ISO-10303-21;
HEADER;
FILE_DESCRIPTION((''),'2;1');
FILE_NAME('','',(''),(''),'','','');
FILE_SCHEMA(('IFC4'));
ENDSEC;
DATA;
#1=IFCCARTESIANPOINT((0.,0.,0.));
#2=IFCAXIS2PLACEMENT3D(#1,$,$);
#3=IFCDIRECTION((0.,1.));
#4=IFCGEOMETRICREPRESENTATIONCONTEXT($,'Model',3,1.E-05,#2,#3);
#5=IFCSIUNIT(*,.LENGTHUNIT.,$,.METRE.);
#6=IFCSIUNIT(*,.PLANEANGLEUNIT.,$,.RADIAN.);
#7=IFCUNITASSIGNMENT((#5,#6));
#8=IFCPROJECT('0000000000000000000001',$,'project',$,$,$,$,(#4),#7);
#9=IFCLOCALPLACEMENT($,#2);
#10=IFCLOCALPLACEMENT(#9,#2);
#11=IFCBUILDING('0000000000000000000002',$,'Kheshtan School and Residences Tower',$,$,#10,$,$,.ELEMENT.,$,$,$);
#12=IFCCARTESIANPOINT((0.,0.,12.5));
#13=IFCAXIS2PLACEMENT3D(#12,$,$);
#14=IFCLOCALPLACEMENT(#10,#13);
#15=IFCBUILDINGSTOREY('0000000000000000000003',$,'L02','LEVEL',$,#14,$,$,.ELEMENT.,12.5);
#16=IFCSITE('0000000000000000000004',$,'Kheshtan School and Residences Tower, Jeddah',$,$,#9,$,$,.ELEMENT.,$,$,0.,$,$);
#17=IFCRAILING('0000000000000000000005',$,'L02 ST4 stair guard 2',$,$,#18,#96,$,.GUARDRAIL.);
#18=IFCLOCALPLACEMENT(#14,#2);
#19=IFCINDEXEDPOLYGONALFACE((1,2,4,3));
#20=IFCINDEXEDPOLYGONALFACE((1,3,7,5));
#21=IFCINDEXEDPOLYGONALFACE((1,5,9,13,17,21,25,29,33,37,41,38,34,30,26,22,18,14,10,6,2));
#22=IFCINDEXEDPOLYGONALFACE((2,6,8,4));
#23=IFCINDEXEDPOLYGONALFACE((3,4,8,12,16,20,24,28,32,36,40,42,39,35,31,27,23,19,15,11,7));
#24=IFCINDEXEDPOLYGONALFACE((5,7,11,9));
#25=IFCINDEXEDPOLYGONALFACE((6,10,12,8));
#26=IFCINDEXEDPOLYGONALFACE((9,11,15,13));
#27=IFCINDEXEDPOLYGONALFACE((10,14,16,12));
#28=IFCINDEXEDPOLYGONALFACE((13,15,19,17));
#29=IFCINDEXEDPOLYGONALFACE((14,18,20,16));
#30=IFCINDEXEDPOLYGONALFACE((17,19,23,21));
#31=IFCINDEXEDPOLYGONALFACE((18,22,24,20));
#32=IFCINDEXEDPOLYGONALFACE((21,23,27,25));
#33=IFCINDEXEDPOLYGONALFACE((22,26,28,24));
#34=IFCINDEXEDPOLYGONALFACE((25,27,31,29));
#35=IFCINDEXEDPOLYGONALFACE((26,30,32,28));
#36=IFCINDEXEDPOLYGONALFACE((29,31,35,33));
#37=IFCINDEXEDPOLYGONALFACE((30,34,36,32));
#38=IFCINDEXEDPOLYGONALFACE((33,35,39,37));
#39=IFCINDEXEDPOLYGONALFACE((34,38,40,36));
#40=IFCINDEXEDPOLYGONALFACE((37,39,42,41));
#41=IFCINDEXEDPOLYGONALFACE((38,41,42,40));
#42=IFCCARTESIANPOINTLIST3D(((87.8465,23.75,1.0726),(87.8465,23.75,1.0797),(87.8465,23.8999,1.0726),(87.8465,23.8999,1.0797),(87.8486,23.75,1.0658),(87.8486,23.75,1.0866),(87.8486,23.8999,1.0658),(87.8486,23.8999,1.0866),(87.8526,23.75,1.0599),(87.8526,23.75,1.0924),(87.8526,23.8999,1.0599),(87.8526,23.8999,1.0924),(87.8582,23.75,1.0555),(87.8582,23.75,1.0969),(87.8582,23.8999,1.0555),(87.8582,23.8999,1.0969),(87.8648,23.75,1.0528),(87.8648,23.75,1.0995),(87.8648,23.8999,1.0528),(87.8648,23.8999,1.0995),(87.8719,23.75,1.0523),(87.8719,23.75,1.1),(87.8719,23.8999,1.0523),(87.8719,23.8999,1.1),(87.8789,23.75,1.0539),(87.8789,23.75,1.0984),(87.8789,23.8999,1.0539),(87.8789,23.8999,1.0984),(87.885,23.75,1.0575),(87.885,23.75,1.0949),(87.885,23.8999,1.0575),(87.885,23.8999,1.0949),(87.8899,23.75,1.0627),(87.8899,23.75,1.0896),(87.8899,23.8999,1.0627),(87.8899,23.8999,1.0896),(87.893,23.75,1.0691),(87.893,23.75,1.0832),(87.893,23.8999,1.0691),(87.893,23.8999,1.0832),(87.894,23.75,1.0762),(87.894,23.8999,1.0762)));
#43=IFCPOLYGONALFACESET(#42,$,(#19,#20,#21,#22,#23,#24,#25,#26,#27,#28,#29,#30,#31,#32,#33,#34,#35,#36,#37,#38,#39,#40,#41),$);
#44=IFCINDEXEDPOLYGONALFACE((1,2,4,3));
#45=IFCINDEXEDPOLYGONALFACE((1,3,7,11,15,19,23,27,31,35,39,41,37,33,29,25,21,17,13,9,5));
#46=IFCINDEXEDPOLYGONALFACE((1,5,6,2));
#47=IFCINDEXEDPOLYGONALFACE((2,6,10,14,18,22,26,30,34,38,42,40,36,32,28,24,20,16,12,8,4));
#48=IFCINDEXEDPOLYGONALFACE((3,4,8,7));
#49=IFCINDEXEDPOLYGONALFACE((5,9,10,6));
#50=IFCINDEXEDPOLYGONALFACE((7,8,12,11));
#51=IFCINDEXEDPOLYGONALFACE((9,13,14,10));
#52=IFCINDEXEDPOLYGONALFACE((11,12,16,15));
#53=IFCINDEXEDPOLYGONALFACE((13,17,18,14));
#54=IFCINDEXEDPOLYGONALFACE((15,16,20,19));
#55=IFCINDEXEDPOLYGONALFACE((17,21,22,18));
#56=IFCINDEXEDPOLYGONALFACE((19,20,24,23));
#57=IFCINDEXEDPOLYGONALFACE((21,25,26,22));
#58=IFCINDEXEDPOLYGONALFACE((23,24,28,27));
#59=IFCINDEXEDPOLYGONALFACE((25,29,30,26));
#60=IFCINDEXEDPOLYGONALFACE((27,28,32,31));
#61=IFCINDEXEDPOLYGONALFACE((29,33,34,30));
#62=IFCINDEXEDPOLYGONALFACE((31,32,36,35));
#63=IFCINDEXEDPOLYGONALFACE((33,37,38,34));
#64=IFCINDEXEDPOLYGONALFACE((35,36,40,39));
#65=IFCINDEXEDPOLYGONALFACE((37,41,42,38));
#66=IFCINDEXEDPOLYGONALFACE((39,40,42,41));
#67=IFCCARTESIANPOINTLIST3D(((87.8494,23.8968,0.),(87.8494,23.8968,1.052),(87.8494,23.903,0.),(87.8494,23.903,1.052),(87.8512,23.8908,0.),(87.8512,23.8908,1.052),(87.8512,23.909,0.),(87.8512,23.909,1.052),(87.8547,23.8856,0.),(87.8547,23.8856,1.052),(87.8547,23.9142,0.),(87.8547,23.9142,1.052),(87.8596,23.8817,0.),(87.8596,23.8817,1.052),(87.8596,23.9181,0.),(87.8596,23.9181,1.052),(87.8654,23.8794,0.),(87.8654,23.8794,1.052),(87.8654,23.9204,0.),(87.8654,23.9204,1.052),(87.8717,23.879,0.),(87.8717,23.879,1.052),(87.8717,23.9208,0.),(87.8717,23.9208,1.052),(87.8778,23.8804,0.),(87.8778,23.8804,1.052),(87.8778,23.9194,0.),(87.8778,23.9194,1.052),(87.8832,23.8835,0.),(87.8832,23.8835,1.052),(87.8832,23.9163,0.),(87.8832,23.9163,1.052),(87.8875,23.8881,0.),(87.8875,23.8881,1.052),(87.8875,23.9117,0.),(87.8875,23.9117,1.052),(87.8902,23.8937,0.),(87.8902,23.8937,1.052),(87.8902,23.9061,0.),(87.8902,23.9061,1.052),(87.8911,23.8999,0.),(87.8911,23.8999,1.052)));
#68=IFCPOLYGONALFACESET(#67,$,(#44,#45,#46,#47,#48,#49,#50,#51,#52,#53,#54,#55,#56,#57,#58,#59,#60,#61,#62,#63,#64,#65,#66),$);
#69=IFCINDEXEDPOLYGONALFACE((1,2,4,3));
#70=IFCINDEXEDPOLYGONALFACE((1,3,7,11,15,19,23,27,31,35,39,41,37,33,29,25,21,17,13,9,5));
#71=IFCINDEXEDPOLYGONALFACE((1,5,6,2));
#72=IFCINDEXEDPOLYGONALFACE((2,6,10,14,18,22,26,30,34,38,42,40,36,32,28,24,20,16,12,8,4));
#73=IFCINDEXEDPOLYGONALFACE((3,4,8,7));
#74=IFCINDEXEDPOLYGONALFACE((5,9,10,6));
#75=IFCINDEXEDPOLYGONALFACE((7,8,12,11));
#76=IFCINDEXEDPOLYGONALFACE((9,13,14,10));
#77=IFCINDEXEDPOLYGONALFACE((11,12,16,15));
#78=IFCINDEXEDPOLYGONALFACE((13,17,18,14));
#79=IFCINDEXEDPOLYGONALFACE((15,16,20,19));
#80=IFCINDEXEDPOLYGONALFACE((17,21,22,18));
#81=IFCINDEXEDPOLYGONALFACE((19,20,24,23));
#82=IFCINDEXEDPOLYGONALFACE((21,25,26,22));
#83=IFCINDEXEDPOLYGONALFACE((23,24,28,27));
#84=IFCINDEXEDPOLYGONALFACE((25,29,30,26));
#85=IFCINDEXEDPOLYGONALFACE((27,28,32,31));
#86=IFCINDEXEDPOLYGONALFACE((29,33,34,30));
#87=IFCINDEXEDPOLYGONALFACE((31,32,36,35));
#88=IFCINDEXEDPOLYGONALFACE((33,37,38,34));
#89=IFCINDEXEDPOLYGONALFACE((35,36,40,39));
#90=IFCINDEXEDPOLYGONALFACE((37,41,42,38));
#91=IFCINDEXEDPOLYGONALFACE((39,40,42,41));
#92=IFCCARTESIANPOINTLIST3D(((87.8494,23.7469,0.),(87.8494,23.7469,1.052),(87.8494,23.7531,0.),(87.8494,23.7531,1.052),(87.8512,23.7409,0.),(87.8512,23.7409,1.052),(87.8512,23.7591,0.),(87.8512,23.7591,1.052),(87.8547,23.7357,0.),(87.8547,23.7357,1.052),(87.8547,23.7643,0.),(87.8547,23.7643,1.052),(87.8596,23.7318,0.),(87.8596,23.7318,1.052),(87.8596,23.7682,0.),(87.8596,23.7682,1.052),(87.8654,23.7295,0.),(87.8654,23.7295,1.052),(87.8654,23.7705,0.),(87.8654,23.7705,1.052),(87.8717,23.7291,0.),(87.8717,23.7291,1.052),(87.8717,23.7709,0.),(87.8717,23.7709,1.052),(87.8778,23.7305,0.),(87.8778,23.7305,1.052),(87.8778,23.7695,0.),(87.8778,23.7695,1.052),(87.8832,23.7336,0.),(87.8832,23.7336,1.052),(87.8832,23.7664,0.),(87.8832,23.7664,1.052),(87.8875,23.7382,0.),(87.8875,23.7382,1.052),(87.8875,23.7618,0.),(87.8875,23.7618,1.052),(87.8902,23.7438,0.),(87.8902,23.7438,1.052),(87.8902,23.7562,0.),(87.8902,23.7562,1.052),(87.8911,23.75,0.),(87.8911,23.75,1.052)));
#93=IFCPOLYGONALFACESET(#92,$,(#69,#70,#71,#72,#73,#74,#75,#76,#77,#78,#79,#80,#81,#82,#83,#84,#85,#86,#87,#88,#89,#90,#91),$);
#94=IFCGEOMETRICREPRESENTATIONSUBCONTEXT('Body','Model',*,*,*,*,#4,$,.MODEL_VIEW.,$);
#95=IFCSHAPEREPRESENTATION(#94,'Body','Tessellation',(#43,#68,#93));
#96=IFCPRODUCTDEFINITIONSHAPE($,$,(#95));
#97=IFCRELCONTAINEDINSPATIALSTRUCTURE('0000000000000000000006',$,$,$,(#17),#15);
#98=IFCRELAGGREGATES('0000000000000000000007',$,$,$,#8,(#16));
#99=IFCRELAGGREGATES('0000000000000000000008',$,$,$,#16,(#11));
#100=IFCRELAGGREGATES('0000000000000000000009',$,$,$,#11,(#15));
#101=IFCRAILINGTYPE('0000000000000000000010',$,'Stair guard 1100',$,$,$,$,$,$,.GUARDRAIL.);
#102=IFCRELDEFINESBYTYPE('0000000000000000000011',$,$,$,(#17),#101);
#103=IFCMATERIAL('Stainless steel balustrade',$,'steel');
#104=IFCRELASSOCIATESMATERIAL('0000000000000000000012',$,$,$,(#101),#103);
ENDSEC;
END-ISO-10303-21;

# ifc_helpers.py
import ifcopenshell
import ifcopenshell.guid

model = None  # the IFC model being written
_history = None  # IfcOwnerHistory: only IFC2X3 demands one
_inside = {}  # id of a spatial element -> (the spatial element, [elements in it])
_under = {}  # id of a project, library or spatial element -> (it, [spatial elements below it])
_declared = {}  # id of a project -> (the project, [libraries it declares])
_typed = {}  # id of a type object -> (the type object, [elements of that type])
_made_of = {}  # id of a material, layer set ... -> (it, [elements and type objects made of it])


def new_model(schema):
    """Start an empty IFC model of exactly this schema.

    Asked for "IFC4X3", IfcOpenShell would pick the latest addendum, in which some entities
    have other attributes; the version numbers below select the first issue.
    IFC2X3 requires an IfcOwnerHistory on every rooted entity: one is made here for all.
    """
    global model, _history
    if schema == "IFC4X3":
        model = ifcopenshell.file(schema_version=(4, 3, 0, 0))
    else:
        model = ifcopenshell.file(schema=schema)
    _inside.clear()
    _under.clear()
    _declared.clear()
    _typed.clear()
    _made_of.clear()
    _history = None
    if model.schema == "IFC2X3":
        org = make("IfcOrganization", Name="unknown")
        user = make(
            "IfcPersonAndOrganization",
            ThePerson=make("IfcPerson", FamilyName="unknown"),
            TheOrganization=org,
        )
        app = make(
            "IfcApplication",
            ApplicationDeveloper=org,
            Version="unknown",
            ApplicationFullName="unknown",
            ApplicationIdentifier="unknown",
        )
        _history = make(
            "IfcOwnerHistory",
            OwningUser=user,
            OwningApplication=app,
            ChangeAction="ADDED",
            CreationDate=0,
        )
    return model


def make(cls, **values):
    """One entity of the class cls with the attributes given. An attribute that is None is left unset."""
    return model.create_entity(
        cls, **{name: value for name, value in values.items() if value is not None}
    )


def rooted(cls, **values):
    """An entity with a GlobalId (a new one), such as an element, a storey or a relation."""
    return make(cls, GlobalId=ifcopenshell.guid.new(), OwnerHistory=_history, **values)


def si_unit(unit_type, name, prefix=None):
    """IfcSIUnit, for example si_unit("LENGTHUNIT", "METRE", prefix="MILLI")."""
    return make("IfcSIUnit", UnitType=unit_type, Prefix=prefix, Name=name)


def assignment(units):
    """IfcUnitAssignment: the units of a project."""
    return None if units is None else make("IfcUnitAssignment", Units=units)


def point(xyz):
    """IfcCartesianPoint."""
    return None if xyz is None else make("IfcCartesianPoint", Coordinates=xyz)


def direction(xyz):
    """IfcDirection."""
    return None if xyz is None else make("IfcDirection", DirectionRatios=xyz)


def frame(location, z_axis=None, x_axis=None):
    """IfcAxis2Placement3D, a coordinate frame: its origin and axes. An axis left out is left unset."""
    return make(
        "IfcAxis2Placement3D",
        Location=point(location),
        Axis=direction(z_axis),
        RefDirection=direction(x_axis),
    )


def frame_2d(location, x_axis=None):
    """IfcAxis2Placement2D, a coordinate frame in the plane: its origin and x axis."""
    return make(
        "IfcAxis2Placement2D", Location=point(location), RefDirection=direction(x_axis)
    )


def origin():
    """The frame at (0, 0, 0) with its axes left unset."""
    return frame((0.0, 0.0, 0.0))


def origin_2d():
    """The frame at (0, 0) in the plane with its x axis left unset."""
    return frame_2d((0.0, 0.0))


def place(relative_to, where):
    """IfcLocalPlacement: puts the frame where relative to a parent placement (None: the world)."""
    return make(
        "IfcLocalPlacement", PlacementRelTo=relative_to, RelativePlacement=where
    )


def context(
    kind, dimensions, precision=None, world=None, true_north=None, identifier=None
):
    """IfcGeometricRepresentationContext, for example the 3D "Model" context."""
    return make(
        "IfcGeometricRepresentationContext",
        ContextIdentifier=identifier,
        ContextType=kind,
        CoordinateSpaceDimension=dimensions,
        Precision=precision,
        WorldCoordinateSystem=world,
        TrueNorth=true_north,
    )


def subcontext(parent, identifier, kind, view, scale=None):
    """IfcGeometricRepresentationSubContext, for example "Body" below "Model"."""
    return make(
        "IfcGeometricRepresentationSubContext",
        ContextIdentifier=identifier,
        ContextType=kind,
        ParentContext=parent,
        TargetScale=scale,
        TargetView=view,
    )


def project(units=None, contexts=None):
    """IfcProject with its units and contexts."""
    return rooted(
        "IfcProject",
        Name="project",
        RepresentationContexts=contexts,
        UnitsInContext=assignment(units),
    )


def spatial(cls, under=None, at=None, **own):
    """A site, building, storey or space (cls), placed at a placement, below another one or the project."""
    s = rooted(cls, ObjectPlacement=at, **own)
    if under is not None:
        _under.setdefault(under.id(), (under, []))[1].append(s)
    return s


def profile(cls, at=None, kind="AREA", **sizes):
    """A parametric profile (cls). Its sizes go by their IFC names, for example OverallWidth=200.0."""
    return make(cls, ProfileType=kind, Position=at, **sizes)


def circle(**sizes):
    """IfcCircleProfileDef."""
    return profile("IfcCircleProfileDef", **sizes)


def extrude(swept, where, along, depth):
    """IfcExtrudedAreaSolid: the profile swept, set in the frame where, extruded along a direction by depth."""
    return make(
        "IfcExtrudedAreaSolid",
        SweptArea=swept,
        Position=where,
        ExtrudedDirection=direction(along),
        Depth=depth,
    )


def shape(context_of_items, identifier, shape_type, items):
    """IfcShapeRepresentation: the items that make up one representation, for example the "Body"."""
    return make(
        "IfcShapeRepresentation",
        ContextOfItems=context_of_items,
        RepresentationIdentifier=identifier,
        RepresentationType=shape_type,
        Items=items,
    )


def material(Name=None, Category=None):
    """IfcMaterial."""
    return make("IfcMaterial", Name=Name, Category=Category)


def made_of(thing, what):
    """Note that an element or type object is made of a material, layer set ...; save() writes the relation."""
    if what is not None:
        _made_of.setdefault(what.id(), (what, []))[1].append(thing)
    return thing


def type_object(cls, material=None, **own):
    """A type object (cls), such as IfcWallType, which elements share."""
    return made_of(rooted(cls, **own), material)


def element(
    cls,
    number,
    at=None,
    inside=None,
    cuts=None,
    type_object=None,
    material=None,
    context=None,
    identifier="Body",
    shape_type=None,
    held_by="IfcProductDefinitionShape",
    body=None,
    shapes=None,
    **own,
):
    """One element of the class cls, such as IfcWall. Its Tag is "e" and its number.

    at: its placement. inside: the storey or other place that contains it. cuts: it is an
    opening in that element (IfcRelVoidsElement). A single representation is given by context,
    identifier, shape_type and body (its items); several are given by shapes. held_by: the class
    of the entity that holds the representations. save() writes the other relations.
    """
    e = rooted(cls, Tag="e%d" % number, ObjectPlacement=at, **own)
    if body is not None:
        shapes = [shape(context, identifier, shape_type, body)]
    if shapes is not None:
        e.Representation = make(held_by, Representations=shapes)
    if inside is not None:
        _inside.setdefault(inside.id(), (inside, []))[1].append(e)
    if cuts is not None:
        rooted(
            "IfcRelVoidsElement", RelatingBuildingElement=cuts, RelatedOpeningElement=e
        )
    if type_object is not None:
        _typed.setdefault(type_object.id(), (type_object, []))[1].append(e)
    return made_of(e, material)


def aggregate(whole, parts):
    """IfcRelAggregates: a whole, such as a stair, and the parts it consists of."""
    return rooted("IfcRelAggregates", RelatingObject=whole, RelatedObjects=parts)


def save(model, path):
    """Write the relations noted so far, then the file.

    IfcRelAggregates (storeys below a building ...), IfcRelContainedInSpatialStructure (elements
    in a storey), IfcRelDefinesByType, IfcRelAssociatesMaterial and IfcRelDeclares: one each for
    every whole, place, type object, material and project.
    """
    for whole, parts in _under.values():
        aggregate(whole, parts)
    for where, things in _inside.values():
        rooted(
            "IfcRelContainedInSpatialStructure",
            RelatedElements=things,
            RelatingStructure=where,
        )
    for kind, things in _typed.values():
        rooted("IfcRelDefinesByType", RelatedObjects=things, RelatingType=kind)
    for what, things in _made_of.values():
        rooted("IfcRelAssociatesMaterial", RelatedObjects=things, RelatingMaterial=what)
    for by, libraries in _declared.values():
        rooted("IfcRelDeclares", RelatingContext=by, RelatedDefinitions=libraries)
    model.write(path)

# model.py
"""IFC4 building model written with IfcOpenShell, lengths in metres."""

from ifc_helpers import new_model, si_unit, direction, frame, origin, origin_2d, place, context, subcontext, project, spatial, circle, extrude, material, type_object, element, save


model = new_model("IFC4")

# Units and contexts
model_context = context("Model", 3, precision=1e-05, world=origin(), true_north=direction((0.0, 1.0)))
body_context = subcontext(model_context, "Body", "Model", "MODEL_VIEW")
ifc_project = project(units=[si_unit("LENGTHUNIT", "METRE"), si_unit("PLANEANGLEUNIT", "RADIAN")], contexts=[model_context])

# Site, building, storey
site_placement = place(None, origin())
site = spatial("IfcSite", under=ifc_project, at=site_placement, Name="Kheshtan School and Residences Tower, Jeddah", CompositionType="ELEMENT", RefElevation=0.0)
building_placement = place(site_placement, origin())
building = spatial("IfcBuilding", under=site, at=building_placement, Name="Kheshtan School and Residences Tower", CompositionType="ELEMENT")
storey_placement = place(building_placement, frame((0.0, 0.0, 12.5)))
storey = spatial("IfcBuildingStorey", under=building, at=storey_placement, Name="L02", Description="LEVEL", CompositionType="ELEMENT", Elevation=12.5)

# Railing
ifc_material_1 = material(Name="Stainless steel balustrade", Category="steel")
railing_type_1 = type_object("IfcRailingType", Name="Stair guard 1100", PredefinedType="GUARDRAIL", material=ifc_material_1)
railing_1_placement = place(storey_placement, frame((87.8701, 23.8999, 0.0)))
element("IfcRailing", 1, at=railing_1_placement, inside=storey, type_object=railing_type_1, Name="L02 ST4 stair guard 2", PredefinedType="GUARDRAIL", context=body_context, shape_type="SweptSolid", body=[
    extrude(circle(Radius=0.0239, at=origin_2d()), frame((0.0, 0.0, 1.0762), z_axis=(0.0, -1.0, 0.0), x_axis=(1.0, 0.0, 0.0)), (0.0, 0.0, 1.0), 0.1499),
    extrude(circle(Radius=0.021, at=origin_2d()), origin(), (0.0, 0.0, 1.0), 1.052),
    extrude(circle(Radius=0.021, at=origin_2d()), frame((0.0, -0.1499, 0.0)), (0.0, 0.0, 1.0), 1.052),
])

save(model, "model.ifc")
